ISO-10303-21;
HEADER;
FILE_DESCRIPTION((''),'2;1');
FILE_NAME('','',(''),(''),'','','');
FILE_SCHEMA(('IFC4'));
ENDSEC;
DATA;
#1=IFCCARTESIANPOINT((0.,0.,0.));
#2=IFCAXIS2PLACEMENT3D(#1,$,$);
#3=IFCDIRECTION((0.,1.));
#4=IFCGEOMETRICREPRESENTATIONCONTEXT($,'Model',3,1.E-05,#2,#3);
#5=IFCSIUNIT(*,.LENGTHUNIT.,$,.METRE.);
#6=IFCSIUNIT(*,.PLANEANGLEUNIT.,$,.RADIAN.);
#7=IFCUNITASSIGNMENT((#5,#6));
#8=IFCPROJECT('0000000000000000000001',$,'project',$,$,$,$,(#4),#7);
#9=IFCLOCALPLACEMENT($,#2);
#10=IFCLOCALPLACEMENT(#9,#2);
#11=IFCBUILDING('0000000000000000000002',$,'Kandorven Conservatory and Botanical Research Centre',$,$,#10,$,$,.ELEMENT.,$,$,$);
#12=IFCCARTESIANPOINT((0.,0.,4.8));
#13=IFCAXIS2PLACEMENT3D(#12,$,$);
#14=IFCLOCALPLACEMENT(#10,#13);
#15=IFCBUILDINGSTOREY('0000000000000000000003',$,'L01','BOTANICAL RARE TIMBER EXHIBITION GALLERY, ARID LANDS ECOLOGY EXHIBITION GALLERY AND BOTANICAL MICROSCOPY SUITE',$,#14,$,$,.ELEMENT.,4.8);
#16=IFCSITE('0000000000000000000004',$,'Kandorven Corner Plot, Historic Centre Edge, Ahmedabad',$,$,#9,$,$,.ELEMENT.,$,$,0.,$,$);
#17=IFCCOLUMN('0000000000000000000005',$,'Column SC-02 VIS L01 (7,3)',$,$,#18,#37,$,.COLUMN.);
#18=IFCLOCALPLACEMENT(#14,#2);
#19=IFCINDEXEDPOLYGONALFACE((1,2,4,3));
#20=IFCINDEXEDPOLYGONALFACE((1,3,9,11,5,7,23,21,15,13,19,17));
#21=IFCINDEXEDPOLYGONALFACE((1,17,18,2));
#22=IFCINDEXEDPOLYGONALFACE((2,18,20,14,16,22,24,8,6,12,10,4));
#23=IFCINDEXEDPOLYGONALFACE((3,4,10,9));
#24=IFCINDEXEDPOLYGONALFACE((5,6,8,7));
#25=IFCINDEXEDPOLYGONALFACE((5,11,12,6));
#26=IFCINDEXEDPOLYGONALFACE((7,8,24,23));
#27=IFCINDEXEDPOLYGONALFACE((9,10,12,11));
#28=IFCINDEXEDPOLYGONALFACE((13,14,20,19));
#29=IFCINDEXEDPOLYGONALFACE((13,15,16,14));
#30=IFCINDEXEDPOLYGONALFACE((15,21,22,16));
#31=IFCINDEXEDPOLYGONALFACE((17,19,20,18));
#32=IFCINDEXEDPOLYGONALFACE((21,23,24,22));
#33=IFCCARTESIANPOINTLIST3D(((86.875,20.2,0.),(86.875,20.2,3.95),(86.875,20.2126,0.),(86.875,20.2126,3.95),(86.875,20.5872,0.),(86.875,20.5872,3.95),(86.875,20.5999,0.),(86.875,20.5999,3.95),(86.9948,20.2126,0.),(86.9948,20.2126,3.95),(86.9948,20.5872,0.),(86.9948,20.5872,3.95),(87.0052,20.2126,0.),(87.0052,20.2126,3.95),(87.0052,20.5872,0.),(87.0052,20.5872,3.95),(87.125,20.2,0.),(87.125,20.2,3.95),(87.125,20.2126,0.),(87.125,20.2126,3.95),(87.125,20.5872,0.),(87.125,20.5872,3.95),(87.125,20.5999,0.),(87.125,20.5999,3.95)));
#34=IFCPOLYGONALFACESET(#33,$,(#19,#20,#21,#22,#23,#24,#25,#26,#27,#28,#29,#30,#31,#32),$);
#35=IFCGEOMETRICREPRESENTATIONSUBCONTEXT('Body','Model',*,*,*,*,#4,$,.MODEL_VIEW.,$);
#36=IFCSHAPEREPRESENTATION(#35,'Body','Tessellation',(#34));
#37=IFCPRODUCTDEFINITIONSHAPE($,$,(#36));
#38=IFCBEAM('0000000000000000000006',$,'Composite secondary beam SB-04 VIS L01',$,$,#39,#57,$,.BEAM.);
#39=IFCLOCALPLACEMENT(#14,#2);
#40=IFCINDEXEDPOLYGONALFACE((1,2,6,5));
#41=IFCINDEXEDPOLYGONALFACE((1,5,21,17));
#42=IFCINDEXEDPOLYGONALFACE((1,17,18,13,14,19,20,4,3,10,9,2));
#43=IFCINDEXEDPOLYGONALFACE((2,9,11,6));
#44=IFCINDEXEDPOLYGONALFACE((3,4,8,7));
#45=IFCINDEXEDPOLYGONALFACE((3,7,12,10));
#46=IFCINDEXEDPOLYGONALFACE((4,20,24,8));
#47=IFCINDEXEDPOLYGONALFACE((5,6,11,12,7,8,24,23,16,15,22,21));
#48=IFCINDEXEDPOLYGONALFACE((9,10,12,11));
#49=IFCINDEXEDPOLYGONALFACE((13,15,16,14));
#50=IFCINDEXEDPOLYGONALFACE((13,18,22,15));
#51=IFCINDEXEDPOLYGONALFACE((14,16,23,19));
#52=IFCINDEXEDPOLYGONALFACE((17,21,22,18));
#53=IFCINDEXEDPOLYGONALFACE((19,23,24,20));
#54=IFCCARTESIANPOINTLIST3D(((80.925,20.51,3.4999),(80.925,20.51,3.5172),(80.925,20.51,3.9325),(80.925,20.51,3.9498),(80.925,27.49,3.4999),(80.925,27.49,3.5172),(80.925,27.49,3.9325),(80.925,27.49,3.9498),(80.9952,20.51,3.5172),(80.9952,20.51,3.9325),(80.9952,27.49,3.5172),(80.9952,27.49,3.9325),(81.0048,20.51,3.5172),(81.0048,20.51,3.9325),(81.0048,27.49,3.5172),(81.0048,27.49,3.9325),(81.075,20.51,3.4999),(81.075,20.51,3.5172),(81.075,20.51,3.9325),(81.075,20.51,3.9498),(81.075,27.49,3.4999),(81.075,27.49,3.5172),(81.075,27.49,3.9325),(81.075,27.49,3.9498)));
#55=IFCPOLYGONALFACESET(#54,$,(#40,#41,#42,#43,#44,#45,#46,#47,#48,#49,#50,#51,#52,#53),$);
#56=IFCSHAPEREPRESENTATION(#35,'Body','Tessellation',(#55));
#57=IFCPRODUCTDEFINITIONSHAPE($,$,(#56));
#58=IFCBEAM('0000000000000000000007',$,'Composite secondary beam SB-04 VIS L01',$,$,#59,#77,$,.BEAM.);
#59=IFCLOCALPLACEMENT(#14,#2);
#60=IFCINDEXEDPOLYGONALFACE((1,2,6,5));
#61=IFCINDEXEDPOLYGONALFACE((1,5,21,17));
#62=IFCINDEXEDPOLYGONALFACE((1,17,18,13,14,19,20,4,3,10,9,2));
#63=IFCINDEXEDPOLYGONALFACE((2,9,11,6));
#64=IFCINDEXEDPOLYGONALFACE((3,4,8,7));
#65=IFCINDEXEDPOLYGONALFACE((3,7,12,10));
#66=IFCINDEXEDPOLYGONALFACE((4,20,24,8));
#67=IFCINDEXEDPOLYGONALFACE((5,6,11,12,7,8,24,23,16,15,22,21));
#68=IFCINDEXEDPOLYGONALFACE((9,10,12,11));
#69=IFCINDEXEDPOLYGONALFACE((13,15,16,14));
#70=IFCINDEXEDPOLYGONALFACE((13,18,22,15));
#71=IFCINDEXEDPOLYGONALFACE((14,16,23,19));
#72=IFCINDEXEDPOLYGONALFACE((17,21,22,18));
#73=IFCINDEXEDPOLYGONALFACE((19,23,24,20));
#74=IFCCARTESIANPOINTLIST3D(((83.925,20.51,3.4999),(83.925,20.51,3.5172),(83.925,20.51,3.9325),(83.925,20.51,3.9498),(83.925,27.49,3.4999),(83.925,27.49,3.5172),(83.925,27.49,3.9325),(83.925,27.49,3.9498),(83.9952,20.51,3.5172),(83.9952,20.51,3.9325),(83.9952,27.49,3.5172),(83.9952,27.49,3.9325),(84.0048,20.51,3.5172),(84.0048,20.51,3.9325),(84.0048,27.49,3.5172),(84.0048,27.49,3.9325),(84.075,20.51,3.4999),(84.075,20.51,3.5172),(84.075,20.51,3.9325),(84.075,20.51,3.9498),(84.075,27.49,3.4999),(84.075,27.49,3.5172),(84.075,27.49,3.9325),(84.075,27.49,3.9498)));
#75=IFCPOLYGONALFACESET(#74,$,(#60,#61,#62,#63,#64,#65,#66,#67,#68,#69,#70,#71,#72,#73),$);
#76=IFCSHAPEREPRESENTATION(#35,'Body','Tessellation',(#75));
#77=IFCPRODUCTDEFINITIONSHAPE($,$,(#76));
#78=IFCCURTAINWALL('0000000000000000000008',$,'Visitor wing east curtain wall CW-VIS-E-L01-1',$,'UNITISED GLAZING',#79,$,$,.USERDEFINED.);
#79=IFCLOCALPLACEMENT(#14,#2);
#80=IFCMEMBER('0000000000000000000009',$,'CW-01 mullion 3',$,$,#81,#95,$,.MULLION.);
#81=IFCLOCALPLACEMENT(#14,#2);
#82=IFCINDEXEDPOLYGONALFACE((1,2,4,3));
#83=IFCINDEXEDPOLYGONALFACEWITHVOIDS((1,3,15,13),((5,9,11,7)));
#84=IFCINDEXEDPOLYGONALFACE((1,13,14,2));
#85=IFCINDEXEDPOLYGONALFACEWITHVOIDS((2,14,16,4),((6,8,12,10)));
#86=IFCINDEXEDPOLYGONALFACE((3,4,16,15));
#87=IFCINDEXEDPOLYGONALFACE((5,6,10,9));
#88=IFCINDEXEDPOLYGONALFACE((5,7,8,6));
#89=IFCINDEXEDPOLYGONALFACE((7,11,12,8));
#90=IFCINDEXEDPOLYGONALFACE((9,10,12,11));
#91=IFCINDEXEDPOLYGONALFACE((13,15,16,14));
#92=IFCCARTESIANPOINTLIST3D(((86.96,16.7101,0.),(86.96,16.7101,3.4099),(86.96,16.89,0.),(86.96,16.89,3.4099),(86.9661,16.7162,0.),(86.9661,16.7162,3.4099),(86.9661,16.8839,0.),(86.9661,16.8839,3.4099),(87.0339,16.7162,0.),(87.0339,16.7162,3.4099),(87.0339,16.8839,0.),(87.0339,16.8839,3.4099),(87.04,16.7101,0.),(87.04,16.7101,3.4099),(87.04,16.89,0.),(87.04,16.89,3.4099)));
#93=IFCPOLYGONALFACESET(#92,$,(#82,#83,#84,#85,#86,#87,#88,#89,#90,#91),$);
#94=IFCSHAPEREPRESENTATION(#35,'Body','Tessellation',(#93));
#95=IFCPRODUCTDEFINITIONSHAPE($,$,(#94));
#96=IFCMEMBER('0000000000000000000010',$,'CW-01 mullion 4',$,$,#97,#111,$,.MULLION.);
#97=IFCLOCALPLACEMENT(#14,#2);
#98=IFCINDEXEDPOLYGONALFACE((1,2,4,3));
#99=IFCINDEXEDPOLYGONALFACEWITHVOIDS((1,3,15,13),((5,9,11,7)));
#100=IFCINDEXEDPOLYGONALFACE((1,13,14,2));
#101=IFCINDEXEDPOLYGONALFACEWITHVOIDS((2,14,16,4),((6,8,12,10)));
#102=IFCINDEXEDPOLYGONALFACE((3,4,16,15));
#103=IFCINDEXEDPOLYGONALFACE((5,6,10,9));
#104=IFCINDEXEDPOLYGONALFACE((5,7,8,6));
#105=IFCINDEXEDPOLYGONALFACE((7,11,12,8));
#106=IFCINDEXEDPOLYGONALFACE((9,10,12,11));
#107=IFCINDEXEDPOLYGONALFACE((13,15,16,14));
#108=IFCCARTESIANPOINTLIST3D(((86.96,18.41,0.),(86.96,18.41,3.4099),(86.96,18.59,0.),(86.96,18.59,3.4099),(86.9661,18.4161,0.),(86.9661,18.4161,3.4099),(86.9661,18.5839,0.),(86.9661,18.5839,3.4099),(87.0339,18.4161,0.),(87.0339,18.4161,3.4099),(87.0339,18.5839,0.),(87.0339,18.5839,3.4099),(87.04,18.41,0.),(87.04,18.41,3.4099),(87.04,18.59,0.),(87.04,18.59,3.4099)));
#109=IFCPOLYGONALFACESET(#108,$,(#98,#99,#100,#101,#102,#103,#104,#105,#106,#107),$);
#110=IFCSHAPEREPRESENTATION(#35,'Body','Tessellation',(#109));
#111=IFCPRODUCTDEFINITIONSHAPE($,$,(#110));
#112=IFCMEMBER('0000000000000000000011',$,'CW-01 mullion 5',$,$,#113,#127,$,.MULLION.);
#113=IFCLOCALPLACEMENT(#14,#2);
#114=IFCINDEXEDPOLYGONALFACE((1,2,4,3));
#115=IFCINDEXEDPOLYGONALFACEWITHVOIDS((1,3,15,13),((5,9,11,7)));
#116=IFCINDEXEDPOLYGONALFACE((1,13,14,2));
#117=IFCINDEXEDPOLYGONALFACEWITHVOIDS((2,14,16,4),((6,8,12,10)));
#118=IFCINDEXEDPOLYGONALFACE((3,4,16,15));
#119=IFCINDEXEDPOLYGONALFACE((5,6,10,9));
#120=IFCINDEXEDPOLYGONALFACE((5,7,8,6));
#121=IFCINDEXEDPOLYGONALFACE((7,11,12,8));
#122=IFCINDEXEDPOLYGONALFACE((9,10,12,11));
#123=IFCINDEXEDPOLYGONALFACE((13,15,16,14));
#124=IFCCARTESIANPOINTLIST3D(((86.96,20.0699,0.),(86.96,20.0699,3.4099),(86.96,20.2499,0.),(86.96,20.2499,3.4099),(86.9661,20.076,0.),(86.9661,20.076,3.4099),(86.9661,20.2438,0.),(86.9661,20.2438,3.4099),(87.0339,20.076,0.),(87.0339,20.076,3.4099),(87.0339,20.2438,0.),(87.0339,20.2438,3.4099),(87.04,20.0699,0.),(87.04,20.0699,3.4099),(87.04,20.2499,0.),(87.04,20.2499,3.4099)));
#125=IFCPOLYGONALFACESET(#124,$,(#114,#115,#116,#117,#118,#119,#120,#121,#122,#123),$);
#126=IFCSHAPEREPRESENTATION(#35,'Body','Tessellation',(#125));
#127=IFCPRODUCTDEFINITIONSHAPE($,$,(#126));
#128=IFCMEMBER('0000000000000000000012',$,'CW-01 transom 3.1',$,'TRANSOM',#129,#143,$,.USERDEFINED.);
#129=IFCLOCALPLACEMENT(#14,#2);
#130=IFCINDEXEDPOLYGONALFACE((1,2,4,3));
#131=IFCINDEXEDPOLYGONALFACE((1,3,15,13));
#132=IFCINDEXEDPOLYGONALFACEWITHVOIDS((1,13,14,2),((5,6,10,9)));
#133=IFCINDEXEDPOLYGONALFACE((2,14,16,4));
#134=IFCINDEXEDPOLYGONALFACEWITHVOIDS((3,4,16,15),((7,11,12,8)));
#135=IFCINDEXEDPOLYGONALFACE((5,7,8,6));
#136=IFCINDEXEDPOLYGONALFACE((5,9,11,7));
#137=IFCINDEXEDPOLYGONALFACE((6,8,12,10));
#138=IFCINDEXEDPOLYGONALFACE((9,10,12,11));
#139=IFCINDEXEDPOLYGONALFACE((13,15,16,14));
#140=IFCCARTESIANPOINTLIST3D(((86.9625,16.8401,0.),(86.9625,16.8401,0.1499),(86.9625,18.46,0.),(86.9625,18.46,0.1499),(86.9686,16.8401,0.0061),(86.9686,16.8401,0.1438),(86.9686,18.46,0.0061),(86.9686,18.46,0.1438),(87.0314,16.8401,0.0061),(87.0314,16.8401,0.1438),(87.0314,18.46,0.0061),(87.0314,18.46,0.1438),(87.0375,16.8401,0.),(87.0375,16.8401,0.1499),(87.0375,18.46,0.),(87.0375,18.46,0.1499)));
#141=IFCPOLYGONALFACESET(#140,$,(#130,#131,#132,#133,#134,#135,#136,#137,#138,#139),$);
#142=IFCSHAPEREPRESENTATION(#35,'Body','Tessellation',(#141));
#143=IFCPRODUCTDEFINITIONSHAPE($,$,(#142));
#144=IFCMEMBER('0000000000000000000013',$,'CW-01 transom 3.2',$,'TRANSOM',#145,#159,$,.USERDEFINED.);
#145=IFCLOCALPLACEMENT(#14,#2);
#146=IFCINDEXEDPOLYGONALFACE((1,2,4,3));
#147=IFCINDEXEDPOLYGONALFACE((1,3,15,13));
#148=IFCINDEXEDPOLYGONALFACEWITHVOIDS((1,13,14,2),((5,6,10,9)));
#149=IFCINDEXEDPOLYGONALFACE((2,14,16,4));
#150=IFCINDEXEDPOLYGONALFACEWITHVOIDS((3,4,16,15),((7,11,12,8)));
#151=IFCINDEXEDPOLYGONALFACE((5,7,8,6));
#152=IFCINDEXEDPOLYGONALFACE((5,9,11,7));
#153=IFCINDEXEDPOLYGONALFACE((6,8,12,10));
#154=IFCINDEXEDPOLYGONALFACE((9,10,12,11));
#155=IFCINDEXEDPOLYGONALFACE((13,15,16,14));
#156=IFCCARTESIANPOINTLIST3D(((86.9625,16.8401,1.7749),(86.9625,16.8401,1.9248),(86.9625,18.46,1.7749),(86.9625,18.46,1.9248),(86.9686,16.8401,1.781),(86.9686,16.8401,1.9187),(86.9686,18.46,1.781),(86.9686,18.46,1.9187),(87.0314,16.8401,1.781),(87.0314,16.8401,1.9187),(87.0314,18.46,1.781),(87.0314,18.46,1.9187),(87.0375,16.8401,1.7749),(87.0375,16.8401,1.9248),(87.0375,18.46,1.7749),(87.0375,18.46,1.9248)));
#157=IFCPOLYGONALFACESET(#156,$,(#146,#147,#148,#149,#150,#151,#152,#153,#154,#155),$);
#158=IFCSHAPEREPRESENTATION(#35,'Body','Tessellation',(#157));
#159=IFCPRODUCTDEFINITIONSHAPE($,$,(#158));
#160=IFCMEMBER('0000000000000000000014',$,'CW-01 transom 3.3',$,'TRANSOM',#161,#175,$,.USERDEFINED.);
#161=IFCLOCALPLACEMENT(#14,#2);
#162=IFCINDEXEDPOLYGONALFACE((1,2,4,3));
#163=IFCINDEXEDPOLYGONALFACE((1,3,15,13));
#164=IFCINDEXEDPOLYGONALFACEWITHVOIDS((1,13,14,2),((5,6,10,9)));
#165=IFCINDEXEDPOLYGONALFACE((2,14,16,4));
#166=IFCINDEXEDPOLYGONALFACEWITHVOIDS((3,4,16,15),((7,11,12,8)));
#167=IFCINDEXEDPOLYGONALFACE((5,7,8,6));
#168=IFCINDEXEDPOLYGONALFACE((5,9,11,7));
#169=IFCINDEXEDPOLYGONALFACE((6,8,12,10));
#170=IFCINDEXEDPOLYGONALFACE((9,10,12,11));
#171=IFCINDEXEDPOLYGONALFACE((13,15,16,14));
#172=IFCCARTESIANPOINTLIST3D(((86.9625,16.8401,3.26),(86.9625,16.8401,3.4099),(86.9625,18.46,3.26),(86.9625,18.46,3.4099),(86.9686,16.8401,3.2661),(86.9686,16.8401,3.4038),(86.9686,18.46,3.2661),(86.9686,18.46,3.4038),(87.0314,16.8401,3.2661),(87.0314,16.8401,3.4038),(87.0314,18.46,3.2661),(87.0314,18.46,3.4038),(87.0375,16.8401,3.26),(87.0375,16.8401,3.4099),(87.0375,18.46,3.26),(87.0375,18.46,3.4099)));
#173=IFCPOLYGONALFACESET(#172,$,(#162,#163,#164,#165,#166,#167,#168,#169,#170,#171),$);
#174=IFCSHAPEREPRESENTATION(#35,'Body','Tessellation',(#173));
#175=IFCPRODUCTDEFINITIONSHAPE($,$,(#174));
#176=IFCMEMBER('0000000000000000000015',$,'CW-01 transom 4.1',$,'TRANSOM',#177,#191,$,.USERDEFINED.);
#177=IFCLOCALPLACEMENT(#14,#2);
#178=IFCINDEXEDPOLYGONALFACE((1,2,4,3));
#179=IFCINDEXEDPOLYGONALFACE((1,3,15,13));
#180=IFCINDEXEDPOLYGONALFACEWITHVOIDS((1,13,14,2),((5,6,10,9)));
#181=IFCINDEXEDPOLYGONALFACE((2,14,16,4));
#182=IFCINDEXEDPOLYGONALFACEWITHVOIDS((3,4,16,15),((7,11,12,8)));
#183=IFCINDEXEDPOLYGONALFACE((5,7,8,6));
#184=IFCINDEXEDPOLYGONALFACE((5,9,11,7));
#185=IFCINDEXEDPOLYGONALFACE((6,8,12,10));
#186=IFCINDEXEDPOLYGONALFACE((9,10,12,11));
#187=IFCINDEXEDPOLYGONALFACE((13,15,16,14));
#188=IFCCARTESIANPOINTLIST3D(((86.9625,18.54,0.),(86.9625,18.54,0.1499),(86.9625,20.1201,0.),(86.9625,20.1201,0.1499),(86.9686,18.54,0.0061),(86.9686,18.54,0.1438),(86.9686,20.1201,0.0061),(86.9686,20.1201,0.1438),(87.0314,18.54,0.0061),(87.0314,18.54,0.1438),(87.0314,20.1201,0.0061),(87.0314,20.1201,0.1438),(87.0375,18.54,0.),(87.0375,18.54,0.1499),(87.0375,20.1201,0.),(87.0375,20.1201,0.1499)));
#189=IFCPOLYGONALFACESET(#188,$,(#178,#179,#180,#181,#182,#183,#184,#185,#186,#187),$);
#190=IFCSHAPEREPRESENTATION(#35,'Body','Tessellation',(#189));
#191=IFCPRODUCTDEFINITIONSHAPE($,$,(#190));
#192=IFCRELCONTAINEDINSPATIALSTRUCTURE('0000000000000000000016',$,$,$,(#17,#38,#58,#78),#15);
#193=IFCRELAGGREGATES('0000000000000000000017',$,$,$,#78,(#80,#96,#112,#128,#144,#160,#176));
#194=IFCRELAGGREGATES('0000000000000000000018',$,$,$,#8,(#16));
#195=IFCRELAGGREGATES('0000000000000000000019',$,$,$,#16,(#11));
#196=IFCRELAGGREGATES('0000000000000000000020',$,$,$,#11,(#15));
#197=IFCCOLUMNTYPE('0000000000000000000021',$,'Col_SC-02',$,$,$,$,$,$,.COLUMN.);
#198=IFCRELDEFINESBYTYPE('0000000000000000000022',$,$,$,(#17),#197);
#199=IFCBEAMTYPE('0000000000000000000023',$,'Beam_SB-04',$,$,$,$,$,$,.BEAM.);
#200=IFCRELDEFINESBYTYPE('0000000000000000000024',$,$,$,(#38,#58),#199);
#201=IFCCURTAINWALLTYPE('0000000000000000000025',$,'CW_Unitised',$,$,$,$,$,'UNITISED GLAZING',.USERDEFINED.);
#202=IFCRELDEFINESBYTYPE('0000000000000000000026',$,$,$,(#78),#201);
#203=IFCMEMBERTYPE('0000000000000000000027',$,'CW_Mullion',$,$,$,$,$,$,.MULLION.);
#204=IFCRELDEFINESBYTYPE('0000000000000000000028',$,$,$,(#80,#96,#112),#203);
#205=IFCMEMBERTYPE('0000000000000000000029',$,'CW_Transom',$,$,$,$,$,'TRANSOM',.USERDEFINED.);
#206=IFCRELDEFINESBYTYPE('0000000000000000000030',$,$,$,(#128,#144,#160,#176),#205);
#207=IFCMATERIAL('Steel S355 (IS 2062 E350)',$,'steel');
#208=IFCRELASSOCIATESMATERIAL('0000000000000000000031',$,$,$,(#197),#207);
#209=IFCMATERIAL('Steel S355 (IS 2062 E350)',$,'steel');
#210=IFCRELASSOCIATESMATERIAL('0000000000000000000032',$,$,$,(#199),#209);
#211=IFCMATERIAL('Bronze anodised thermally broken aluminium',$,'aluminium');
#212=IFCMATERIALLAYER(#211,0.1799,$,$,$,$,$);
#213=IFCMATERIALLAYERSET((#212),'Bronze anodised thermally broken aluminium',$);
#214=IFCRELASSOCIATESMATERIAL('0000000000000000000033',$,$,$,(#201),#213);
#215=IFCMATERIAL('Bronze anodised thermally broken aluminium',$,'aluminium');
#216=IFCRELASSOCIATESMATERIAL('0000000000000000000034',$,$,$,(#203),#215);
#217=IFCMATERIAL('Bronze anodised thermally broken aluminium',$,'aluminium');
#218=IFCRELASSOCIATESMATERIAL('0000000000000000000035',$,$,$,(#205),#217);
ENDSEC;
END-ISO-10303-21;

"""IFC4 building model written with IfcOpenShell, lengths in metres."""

from ifc_helpers import new_model, si_unit, direction, frame, origin, origin_2d, place, context, subcontext, project, spatial, hollow_rectangle, i_section, extrude, material, layer, layer_set, material_profile, profile_set, type_object, element, aggregate, save


model = new_model("IFC4")

# Units and contexts
model_context = context("Model", 3, precision=1e-05, world=origin(), true_north=direction((0.0, 1.0)))
body_context = subcontext(model_context, "Body", "Model", "MODEL_VIEW")
ifc_project = project(units=[si_unit("LENGTHUNIT", "METRE"), si_unit("PLANEANGLEUNIT", "RADIAN")], contexts=[model_context])

# Site, building, storey
site_placement = place(None, origin())
site = spatial("IfcSite", under=ifc_project, at=site_placement, Name="Kandorven Corner Plot, Historic Centre Edge, Ahmedabad", CompositionType="ELEMENT", RefElevation=0.0)
building_placement = place(site_placement, origin())
building = spatial("IfcBuilding", under=site, at=building_placement, Name="Kandorven Conservatory and Botanical Research Centre", CompositionType="ELEMENT")
storey_placement = place(building_placement, frame((0.0, 0.0, 4.8)))
storey = spatial("IfcBuildingStorey", under=building, at=storey_placement, Name="L01", Description="BOTANICAL RARE TIMBER EXHIBITION GALLERY, ARID LANDS ECOLOGY EXHIBITION GALLERY AND BOTANICAL MICROSCOPY SUITE", CompositionType="ELEMENT", Elevation=4.8)

# Column
ifc_material_1 = material(Name="Steel S355 (IS 2062 E350)", Category="steel")
ifc_material_profile_1 = material_profile(ifc_material_1, i_section(OverallWidth=0.25, OverallDepth=0.3999, WebThickness=0.0105, FlangeThickness=0.0127, at=origin_2d()))
ifc_profile_set_1 = profile_set([ifc_material_profile_1], Name="Steel S355 (IS 2062 E350)")
column_type = type_object("IfcColumnType", Name="Col_SC-02", PredefinedType="COLUMN", material=ifc_profile_set_1)
column_placement = place(storey_placement, frame((87.0, 20.3999, 0.0), z_axis=(0.0, 0.0, 1.0), x_axis=(1.0, 0.0, 0.0)))
element("IfcColumn", 1, at=column_placement, inside=storey, type_object=column_type, Name="Column SC-02 VIS L01 (7,3)", PredefinedType="COLUMN", context=body_context, shape_type="SweptSolid", body=[
    extrude(i_section(OverallWidth=0.25, OverallDepth=0.3999, WebThickness=0.0105, FlangeThickness=0.0127, at=origin_2d()), origin(), (0.0, 0.0, 1.0), 3.95),
])

# Beams
ifc_material_2 = material(Name="Steel S355 (IS 2062 E350)", Category="steel")
ifc_material_profile_2 = material_profile(ifc_material_2, i_section(OverallWidth=0.1499, OverallDepth=0.45, WebThickness=0.0095, FlangeThickness=0.0173, at=origin_2d()))
ifc_profile_set_2 = profile_set([ifc_material_profile_2], Name="Steel S355 (IS 2062 E350)")
beam_type = type_object("IfcBeamType", Name="Beam_SB-04", PredefinedType="BEAM", material=ifc_profile_set_2)
for number, where, z_axis, x_axis, name in (
    (2, (81.0, 20.51, 3.7249), (0.0, 1.0, 0.0), (-1.0, 0.0, 0.0), "Composite secondary beam SB-04 VIS L01"),
    (3, (84.0, 20.51, 3.7249), (0.0, 1.0, 0.0), (-1.0, 0.0, 0.0), "Composite secondary beam SB-04 VIS L01"),
):
    element("IfcBeam", number, at=place(storey_placement, frame(where, z_axis=z_axis, x_axis=x_axis)), inside=storey, type_object=beam_type, Name=name, PredefinedType="BEAM", context=body_context, shape_type="SweptSolid", body=[
        extrude(i_section(OverallWidth=0.1499, OverallDepth=0.45, WebThickness=0.0095, FlangeThickness=0.0173, at=origin_2d()), origin(), (0.0, 0.0, 1.0), 6.98),
    ])

# Curtain wall, members
ifc_material_3 = material(Name="Bronze anodised thermally broken aluminium", Category="aluminium")
ifc_layer_1 = layer(ifc_material_3, 0.1799)
ifc_layer_set_1 = layer_set([ifc_layer_1], Name="Bronze anodised thermally broken aluminium")
curtain_wall_type = type_object("IfcCurtainWallType", Name="CW_Unitised", ElementType="UNITISED GLAZING", PredefinedType="USERDEFINED", material=ifc_layer_set_1)
curtain_wall_placement = place(storey_placement, origin())
curtain_wall = element("IfcCurtainWall", 4, at=curtain_wall_placement, inside=storey, type_object=curtain_wall_type, Name="Visitor wing east curtain wall CW-VIS-E-L01-1", ObjectType="UNITISED GLAZING", PredefinedType="USERDEFINED")
ifc_material_4 = material(Name="Bronze anodised thermally broken aluminium", Category="aluminium")
ifc_material_profile_3 = material_profile(ifc_material_4, hollow_rectangle(XDim=0.0801, YDim=0.1799, WallThickness=0.0061, at=origin_2d()))
ifc_profile_set_3 = profile_set([ifc_material_profile_3], Name="Bronze anodised thermally broken aluminium")
member_type_1 = type_object("IfcMemberType", Name="CW_Mullion", PredefinedType="MULLION", material=ifc_profile_set_3)
member_1_placement = place(storey_placement, frame((87.0, 16.8, 0.0), z_axis=(0.0, 0.0, 1.0), x_axis=(-1.0, 0.0, 0.0)))
member_1 = element("IfcMember", 5, at=member_1_placement, type_object=member_type_1, Name="CW-01 mullion 3", PredefinedType="MULLION", context=body_context, shape_type="SweptSolid", body=[
    extrude(hollow_rectangle(XDim=0.0801, YDim=0.1799, WallThickness=0.0061, at=origin_2d()), origin(), (0.0, 0.0, 1.0), 3.4099),
])
member_2_placement = place(storey_placement, frame((87.0, 18.5, 0.0), z_axis=(0.0, 0.0, 1.0), x_axis=(-1.0, 0.0, 0.0)))
member_2 = element("IfcMember", 6, at=member_2_placement, type_object=member_type_1, Name="CW-01 mullion 4", PredefinedType="MULLION", context=body_context, shape_type="SweptSolid", body=[
    extrude(hollow_rectangle(XDim=0.0801, YDim=0.1799, WallThickness=0.0061, at=origin_2d()), origin(), (0.0, 0.0, 1.0), 3.4099),
])
member_3_placement = place(storey_placement, frame((87.0, 20.1599, 0.0), z_axis=(0.0, 0.0, 1.0), x_axis=(-1.0, 0.0, 0.0)))
member_3 = element("IfcMember", 7, at=member_3_placement, type_object=member_type_1, Name="CW-01 mullion 5", PredefinedType="MULLION", context=body_context, shape_type="SweptSolid", body=[
    extrude(hollow_rectangle(XDim=0.0801, YDim=0.1799, WallThickness=0.0061, at=origin_2d()), origin(), (0.0, 0.0, 1.0), 3.4099),
])
ifc_material_5 = material(Name="Bronze anodised thermally broken aluminium", Category="aluminium")
ifc_material_profile_4 = material_profile(ifc_material_5, hollow_rectangle(XDim=0.075, YDim=0.1499, WallThickness=0.0061, at=origin_2d()))
ifc_profile_set_4 = profile_set([ifc_material_profile_4], Name="Bronze anodised thermally broken aluminium")
member_type_2 = type_object("IfcMemberType", Name="CW_Transom", ElementType="TRANSOM", PredefinedType="USERDEFINED", material=ifc_profile_set_4)
member_4_placement = place(storey_placement, frame((87.0, 16.8401, 0.075), z_axis=(0.0, 1.0, 0.0), x_axis=(-1.0, 0.0, 0.0)))
member_4 = element("IfcMember", 8, at=member_4_placement, type_object=member_type_2, Name="CW-01 transom 3.1", ObjectType="TRANSOM", PredefinedType="USERDEFINED", context=body_context, shape_type="SweptSolid", body=[
    extrude(hollow_rectangle(XDim=0.075, YDim=0.1499, WallThickness=0.0061, at=origin_2d()), origin(), (0.0, 0.0, 1.0), 1.6199),
])
member_5_placement = place(storey_placement, frame((87.0, 16.8401, 1.8499), z_axis=(0.0, 1.0, 0.0), x_axis=(-1.0, 0.0, 0.0)))
member_5 = element("IfcMember", 9, at=member_5_placement, type_object=member_type_2, Name="CW-01 transom 3.2", ObjectType="TRANSOM", PredefinedType="USERDEFINED", context=body_context, shape_type="SweptSolid", body=[
    extrude(hollow_rectangle(XDim=0.075, YDim=0.1499, WallThickness=0.0061, at=origin_2d()), origin(), (0.0, 0.0, 1.0), 1.6199),
])
member_6_placement = place(storey_placement, frame((87.0, 16.8401, 3.335), z_axis=(0.0, 1.0, 0.0), x_axis=(-1.0, 0.0, 0.0)))
member_6 = element("IfcMember", 10, at=member_6_placement, type_object=member_type_2, Name="CW-01 transom 3.3", ObjectType="TRANSOM", PredefinedType="USERDEFINED", context=body_context, shape_type="SweptSolid", body=[
    extrude(hollow_rectangle(XDim=0.075, YDim=0.1499, WallThickness=0.0061, at=origin_2d()), origin(), (0.0, 0.0, 1.0), 1.6199),
])
member_7_placement = place(storey_placement, frame((87.0, 18.54, 0.075), z_axis=(0.0, 1.0, 0.0), x_axis=(-1.0, 0.0, 0.0)))
member_7 = element("IfcMember", 11, at=member_7_placement, type_object=member_type_2, Name="CW-01 transom 4.1", ObjectType="TRANSOM", PredefinedType="USERDEFINED", context=body_context, shape_type="SweptSolid", body=[
    extrude(hollow_rectangle(XDim=0.075, YDim=0.1499, WallThickness=0.0061, at=origin_2d()), origin(), (0.0, 0.0, 1.0), 1.5801),
])
aggregate(curtain_wall, [member_1, member_2, member_3, member_4, member_5, member_6, member_7])

save(model, "model.ifc")
